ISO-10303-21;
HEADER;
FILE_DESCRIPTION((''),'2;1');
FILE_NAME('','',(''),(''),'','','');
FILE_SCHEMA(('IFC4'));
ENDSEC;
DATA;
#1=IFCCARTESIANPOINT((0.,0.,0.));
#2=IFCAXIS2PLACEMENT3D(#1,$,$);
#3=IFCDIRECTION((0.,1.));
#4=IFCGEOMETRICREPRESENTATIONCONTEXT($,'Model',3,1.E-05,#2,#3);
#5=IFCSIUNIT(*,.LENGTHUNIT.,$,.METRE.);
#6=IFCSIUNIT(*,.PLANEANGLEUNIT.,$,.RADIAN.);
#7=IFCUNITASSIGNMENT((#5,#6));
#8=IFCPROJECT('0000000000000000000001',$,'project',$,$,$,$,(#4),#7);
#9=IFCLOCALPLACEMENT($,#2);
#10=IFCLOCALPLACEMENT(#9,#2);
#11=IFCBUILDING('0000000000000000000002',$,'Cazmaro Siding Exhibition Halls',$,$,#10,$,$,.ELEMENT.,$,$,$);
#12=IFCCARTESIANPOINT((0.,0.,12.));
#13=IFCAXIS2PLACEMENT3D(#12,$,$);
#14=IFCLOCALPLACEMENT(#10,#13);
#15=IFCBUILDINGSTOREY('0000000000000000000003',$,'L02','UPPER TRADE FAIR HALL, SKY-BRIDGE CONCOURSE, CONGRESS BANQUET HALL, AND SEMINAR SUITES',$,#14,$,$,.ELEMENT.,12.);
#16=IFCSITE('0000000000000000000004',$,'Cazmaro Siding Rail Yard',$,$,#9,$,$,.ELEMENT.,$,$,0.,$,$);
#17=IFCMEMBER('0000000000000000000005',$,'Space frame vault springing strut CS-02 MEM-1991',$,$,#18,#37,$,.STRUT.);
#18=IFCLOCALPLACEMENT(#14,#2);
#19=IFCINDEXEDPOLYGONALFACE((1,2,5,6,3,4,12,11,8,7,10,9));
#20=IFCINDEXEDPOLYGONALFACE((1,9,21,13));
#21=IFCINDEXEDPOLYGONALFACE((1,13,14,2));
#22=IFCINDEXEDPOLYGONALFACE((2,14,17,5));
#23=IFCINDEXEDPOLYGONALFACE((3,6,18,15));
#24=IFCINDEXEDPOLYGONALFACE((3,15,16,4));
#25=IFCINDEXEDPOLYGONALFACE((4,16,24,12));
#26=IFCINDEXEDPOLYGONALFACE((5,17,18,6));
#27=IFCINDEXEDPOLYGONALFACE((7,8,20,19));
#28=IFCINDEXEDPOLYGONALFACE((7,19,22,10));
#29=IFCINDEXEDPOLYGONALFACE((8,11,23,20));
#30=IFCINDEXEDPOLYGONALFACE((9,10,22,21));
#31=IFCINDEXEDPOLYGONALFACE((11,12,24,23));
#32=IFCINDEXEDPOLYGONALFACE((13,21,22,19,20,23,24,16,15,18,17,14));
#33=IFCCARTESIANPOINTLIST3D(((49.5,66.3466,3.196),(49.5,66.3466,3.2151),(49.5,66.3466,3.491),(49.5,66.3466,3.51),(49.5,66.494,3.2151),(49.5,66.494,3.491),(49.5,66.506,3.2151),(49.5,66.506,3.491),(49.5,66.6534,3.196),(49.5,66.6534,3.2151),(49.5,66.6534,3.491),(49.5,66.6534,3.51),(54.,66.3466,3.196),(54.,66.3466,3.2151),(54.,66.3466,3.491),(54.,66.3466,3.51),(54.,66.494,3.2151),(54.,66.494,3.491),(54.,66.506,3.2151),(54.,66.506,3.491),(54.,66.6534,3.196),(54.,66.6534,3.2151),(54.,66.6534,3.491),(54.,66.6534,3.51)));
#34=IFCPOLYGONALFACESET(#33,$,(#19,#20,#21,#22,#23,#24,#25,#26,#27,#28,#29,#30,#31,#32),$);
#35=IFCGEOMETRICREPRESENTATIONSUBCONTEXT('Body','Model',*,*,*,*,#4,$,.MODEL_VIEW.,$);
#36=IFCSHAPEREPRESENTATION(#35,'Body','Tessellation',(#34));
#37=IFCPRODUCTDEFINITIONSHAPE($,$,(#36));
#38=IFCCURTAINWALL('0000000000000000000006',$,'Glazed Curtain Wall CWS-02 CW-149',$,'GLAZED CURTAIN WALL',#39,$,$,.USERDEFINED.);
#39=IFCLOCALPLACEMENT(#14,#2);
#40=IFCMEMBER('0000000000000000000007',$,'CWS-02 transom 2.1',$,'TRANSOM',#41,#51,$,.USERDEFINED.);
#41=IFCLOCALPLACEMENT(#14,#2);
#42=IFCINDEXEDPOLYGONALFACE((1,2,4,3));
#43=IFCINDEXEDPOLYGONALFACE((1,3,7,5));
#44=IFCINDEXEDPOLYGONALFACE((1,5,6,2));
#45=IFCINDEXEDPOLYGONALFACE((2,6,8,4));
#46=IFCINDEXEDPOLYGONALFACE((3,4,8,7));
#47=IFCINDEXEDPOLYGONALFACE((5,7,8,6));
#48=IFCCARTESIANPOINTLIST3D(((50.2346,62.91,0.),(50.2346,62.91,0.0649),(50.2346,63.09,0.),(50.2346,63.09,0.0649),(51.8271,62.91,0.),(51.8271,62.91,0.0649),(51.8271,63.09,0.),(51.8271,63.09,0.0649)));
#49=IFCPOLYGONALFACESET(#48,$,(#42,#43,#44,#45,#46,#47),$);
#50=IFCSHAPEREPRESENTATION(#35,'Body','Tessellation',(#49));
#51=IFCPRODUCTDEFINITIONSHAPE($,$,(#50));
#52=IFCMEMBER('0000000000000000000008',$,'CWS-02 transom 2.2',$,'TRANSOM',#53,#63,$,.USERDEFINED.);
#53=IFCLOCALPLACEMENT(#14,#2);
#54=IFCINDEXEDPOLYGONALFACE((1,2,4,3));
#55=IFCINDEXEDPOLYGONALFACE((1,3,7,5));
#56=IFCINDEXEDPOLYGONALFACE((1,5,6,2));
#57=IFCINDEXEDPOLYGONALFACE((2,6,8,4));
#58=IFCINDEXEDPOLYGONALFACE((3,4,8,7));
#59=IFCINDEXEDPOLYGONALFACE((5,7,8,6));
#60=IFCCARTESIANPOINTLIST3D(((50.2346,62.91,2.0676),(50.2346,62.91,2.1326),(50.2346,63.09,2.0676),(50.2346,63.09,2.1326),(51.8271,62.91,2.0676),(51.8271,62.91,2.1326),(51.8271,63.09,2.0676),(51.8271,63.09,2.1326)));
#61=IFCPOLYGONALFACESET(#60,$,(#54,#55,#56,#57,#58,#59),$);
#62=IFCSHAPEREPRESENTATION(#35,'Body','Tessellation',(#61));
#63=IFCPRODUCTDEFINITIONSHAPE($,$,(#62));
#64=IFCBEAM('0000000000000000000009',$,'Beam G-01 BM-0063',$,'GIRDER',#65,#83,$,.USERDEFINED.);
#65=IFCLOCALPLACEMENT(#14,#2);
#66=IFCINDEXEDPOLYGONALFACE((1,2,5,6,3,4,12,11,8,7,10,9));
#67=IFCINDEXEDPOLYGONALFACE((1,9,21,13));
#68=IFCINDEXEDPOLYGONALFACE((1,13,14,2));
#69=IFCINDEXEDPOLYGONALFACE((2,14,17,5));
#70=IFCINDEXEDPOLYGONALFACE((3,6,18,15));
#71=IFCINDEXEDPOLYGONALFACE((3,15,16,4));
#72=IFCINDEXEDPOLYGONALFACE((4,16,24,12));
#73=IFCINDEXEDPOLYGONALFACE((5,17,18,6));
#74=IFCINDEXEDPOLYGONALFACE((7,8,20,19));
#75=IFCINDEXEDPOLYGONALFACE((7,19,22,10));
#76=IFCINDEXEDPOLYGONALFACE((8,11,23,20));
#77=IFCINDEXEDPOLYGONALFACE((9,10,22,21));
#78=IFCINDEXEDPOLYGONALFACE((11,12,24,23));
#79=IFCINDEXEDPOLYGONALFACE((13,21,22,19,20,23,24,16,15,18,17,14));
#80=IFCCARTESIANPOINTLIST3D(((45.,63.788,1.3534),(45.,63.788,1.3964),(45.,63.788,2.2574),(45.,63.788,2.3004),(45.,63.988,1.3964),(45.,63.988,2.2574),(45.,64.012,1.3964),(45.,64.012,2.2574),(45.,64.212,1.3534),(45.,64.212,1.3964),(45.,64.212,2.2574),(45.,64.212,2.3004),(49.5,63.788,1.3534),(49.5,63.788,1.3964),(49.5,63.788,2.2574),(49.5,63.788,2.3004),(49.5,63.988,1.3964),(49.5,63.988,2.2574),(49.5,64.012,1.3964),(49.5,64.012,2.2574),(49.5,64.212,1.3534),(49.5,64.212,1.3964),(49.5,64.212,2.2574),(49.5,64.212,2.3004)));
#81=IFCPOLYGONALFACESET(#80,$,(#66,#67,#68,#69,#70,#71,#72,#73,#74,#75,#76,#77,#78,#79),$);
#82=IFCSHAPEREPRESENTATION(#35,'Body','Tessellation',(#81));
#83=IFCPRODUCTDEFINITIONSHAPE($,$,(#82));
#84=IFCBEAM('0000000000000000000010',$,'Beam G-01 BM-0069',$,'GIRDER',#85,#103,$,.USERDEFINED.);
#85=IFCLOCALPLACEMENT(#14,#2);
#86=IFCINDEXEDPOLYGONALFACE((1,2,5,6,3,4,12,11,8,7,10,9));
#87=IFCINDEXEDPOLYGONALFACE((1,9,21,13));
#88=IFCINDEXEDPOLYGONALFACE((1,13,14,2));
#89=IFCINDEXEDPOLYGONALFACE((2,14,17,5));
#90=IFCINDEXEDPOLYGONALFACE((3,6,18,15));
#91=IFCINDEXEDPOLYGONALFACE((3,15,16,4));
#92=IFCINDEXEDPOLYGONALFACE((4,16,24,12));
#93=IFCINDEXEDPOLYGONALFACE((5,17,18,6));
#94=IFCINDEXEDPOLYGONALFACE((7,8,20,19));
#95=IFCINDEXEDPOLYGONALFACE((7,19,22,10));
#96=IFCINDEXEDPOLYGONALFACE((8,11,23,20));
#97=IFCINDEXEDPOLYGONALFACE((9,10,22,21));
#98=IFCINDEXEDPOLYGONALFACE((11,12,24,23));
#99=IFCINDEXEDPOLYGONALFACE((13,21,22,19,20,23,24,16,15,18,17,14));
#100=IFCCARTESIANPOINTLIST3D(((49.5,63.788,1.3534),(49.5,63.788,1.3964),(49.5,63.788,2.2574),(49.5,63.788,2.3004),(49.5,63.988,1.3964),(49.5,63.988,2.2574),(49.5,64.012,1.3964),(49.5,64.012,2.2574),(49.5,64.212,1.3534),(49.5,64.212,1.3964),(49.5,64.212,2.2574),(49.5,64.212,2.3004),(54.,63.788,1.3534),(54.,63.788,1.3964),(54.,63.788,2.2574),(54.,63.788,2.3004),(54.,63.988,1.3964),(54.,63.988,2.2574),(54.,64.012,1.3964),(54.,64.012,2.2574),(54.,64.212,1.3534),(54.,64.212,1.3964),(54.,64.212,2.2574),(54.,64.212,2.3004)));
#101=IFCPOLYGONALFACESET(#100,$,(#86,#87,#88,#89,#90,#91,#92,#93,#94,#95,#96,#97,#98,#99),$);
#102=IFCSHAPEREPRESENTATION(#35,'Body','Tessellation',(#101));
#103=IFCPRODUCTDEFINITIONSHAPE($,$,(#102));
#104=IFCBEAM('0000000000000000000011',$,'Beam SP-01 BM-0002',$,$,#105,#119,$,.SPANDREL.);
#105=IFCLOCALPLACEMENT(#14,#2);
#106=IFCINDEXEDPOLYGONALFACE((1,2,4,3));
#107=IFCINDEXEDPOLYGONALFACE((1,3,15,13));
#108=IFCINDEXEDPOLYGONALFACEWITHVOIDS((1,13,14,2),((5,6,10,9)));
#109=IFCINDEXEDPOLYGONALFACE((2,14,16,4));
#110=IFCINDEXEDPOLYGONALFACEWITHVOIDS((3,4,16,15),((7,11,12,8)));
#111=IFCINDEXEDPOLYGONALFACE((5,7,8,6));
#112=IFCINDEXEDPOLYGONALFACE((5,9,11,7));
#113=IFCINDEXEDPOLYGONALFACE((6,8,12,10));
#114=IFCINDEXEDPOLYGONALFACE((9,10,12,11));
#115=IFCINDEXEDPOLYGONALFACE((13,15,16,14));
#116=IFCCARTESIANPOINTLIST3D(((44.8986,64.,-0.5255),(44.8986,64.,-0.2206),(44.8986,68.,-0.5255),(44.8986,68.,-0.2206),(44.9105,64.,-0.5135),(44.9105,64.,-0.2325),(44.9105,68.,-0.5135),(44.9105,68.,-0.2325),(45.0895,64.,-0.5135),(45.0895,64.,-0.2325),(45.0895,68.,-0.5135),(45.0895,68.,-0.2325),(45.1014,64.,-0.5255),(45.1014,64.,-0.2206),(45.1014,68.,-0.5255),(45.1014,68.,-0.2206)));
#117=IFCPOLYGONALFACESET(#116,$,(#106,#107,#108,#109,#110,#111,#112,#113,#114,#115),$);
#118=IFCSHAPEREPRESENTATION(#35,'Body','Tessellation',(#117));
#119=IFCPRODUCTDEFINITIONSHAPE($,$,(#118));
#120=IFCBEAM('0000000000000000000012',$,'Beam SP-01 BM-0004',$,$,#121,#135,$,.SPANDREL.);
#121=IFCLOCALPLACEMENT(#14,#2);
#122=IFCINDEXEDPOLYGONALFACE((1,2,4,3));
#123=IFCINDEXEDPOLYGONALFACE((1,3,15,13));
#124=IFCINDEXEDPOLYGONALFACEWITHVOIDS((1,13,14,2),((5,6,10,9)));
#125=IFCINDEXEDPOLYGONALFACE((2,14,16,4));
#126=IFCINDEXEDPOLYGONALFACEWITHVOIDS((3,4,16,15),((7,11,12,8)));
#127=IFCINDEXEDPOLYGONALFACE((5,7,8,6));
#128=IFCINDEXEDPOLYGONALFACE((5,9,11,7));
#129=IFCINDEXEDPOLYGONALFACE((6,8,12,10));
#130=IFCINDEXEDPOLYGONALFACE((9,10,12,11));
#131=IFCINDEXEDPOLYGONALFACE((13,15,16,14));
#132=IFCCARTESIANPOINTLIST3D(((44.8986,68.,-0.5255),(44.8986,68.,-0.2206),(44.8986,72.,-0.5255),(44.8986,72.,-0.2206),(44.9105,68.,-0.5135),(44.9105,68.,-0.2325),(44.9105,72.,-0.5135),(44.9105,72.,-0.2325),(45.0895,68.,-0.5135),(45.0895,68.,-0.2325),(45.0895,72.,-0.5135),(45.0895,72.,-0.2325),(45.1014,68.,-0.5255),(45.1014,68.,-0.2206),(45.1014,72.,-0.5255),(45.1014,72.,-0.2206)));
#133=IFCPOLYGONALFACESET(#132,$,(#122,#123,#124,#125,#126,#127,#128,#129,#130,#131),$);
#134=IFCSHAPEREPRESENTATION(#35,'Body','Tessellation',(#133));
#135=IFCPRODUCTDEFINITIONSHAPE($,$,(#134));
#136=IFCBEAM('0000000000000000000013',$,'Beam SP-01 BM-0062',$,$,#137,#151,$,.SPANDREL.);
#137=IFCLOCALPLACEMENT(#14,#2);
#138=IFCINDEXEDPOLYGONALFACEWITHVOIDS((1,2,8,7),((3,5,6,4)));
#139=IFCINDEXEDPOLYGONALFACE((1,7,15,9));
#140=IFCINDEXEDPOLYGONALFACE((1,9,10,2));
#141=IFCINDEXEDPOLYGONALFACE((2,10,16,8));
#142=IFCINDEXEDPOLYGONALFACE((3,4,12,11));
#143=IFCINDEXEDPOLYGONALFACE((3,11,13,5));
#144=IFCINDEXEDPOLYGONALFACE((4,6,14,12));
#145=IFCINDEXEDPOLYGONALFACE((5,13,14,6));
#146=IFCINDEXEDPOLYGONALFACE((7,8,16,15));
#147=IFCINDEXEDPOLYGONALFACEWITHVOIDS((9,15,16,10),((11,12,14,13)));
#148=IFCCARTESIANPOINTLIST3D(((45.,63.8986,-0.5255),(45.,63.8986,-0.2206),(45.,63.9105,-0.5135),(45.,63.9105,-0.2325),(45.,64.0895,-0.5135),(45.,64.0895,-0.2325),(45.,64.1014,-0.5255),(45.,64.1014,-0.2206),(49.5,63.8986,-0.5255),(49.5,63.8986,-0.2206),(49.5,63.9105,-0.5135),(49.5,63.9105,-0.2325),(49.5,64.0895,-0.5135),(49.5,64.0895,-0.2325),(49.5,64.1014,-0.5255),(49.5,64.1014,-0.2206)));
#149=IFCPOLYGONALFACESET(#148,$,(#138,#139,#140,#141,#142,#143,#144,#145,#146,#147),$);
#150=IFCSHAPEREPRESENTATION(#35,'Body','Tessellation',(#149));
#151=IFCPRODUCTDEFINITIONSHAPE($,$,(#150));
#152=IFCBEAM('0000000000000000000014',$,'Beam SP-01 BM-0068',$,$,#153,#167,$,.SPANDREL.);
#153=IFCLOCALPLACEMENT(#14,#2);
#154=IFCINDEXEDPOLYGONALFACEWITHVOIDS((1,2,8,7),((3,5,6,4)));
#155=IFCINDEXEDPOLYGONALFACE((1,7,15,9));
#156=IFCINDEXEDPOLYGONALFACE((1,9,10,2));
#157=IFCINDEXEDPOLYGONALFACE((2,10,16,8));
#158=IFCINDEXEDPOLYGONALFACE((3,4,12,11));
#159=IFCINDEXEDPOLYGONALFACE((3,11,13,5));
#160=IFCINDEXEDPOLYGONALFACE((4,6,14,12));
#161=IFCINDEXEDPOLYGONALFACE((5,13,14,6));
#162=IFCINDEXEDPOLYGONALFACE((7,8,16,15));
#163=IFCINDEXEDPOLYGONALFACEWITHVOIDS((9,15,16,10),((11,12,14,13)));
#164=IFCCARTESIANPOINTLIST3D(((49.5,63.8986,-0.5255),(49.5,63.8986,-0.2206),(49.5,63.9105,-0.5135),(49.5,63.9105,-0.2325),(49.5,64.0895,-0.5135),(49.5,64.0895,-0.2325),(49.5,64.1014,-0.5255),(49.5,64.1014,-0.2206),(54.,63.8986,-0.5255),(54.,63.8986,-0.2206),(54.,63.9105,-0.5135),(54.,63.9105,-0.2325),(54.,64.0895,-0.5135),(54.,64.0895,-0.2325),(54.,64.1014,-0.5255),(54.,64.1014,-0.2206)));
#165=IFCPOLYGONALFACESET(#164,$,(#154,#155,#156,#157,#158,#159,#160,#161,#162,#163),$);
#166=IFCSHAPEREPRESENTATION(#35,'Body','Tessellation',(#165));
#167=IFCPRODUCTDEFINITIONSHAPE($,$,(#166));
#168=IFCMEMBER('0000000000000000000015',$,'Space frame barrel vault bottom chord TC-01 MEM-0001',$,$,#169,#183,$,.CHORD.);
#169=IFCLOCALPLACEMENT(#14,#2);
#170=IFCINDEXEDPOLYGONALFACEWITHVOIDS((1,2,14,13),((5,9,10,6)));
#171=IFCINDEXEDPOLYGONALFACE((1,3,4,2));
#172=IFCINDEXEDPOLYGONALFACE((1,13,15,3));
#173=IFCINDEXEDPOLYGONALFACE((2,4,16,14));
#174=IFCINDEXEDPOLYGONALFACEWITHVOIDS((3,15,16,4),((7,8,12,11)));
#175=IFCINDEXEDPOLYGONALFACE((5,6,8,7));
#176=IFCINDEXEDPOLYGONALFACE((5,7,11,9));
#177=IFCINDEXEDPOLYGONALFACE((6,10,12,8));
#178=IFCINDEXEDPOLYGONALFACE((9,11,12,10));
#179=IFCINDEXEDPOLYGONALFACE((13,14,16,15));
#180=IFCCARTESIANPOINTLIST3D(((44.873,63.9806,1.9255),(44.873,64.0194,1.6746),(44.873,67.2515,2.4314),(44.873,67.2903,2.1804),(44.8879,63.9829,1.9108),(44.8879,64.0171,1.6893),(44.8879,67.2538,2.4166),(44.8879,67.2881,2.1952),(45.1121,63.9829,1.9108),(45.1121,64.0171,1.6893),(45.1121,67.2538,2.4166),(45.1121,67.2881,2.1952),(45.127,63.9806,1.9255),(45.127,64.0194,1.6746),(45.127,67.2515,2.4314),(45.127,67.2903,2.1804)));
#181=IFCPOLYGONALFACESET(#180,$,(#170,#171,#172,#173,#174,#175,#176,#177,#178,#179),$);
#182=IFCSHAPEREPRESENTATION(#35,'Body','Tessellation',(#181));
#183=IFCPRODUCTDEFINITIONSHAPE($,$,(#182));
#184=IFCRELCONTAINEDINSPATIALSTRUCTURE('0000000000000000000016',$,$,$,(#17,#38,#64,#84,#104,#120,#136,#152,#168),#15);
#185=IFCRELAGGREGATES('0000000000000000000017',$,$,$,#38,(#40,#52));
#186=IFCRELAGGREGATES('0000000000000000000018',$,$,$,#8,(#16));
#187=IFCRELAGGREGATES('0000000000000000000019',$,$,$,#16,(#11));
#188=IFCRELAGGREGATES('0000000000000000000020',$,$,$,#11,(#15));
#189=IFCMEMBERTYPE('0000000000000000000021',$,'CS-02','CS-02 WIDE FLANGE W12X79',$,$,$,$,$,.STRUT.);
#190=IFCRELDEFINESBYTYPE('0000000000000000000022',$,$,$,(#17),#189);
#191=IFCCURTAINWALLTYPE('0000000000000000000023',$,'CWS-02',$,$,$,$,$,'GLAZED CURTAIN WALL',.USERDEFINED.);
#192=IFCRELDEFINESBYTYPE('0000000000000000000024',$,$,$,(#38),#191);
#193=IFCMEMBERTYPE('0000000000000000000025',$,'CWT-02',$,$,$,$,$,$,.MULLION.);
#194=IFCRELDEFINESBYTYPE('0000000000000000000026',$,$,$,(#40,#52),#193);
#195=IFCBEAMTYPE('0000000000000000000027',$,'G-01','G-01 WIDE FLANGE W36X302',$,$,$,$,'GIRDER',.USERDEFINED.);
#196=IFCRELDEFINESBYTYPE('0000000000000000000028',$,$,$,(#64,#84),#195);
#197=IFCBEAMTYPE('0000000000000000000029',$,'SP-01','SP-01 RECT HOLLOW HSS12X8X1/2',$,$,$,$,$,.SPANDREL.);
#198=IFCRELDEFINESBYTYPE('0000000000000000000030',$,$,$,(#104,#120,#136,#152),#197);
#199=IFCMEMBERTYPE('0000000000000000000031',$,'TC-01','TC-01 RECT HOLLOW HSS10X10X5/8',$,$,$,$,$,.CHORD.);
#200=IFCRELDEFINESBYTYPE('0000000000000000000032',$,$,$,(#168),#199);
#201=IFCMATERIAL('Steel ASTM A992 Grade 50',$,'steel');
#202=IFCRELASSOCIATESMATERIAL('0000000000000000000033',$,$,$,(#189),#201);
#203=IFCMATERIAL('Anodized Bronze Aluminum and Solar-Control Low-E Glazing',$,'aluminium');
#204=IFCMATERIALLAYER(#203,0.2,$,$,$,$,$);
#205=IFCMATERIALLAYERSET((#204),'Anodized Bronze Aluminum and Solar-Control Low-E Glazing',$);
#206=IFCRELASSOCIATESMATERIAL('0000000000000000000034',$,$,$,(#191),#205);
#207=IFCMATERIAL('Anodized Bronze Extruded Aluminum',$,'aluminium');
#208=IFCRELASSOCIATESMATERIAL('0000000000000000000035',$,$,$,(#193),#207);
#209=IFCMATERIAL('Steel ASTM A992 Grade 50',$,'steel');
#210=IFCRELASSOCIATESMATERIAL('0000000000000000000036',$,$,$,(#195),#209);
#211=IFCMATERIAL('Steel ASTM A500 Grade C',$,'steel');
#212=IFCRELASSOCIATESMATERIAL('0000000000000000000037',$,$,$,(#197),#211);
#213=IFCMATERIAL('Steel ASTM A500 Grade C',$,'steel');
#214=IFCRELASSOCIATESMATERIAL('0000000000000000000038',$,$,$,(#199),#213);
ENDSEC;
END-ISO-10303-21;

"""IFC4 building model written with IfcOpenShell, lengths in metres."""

from ifc_helpers import new_model, si_unit, direction, frame, origin, origin_2d, place, context, subcontext, project, spatial, rectangle, hollow_rectangle, i_section, extrude, material, layer, layer_set, material_profile, profile_set, type_object, element, aggregate, save


model = new_model("IFC4")

# Units and contexts
model_context = context("Model", 3, precision=1e-05, world=origin(), true_north=direction((0.0, 1.0)))
body_context = subcontext(model_context, "Body", "Model", "MODEL_VIEW")
ifc_project = project(units=[si_unit("LENGTHUNIT", "METRE"), si_unit("PLANEANGLEUNIT", "RADIAN")], contexts=[model_context])

# Site, building, storey
site_placement = place(None, origin())
site = spatial("IfcSite", under=ifc_project, at=site_placement, Name="Cazmaro Siding Rail Yard", CompositionType="ELEMENT", RefElevation=0.0)
building_placement = place(site_placement, origin())
building = spatial("IfcBuilding", under=site, at=building_placement, Name="Cazmaro Siding Exhibition Halls", CompositionType="ELEMENT")
storey_placement = place(building_placement, frame((0.0, 0.0, 12.0)))
storey = spatial("IfcBuildingStorey", under=building, at=storey_placement, Name="L02", Description="UPPER TRADE FAIR HALL, SKY-BRIDGE CONCOURSE, CONGRESS BANQUET HALL, AND SEMINAR SUITES", CompositionType="ELEMENT", Elevation=12.0)

# Member
ifc_material_1 = material(Name="Steel ASTM A992 Grade 50", Category="steel")
ifc_material_profile_1 = material_profile(ifc_material_1, i_section(OverallWidth=0.3069, OverallDepth=0.314, WebThickness=0.012, FlangeThickness=0.019, at=origin_2d()), Name="W12X79")
ifc_profile_set_1 = profile_set([ifc_material_profile_1], Name="Steel ASTM A992 Grade 50")
member_type_1 = type_object("IfcMemberType", Name="CS-02", Description="CS-02 WIDE FLANGE W12X79", PredefinedType="STRUT", material=ifc_profile_set_1)
member_1_placement = place(storey_placement, frame((49.5, 66.5, 3.353), z_axis=(1.0, 0.0, 0.0), x_axis=(0.0, 1.0, 0.0)))
element("IfcMember", 1, at=member_1_placement, inside=storey, type_object=member_type_1, Name="Space frame vault springing strut CS-02 MEM-1991", PredefinedType="STRUT", context=body_context, shape_type="SweptSolid", body=[
    extrude(i_section(OverallWidth=0.3069, OverallDepth=0.314, WebThickness=0.012, FlangeThickness=0.019, at=origin_2d()), origin(), (0.0, 0.0, 1.0), 4.5),
])

# Curtain wall, members
ifc_material_2 = material(Name="Anodized Bronze Aluminum and Solar-Control Low-E Glazing", Category="aluminium")
ifc_layer_1 = layer(ifc_material_2, 0.2)
ifc_layer_set_1 = layer_set([ifc_layer_1], Name="Anodized Bronze Aluminum and Solar-Control Low-E Glazing")
curtain_wall_type = type_object("IfcCurtainWallType", Name="CWS-02", ElementType="GLAZED CURTAIN WALL", PredefinedType="USERDEFINED", material=ifc_layer_set_1)
curtain_wall_placement = place(storey_placement, origin())
curtain_wall = element("IfcCurtainWall", 2, at=curtain_wall_placement, inside=storey, type_object=curtain_wall_type, Name="Glazed Curtain Wall CWS-02 CW-149", ObjectType="GLAZED CURTAIN WALL", PredefinedType="USERDEFINED")
ifc_material_3 = material(Name="Anodized Bronze Extruded Aluminum", Category="aluminium")
ifc_material_profile_2 = material_profile(ifc_material_3, rectangle(XDim=0.1799, YDim=0.0649, at=origin_2d()), Name="CWT-02")
ifc_profile_set_2 = profile_set([ifc_material_profile_2], Name="Anodized Bronze Extruded Aluminum")
member_type_2 = type_object("IfcMemberType", Name="CWT-02", PredefinedType="MULLION", material=ifc_profile_set_2)
member_2_placement = place(storey_placement, frame((51.8271, 63.0, 0.0325), z_axis=(-1.0, 0.0, 0.0), x_axis=(0.0, -1.0, 0.0)))
member_2 = element("IfcMember", 3, at=member_2_placement, type_object=member_type_2, Name="CWS-02 transom 2.1", ObjectType="TRANSOM", PredefinedType="USERDEFINED", context=body_context, shape_type="SweptSolid", body=[
    extrude(rectangle(XDim=0.1799, YDim=0.0649, at=origin_2d()), origin(), (0.0, 0.0, 1.0), 1.5925),
])
member_3_placement = place(storey_placement, frame((51.8271, 63.0, 2.1001), z_axis=(-1.0, 0.0, 0.0), x_axis=(0.0, -1.0, 0.0)))
member_3 = element("IfcMember", 4, at=member_3_placement, type_object=member_type_2, Name="CWS-02 transom 2.2", ObjectType="TRANSOM", PredefinedType="USERDEFINED", context=body_context, shape_type="SweptSolid", body=[
    extrude(rectangle(XDim=0.1799, YDim=0.0649, at=origin_2d()), origin(), (0.0, 0.0, 1.0), 1.5925),
])

# Beams
ifc_material_4 = material(Name="Steel ASTM A992 Grade 50", Category="steel")
ifc_material_profile_3 = material_profile(ifc_material_4, i_section(OverallWidth=0.4241, OverallDepth=0.947, WebThickness=0.0239, FlangeThickness=0.043, at=origin_2d()), Name="W36X302")
ifc_profile_set_3 = profile_set([ifc_material_profile_3], Name="Steel ASTM A992 Grade 50")
beam_type_1 = type_object("IfcBeamType", Name="G-01", Description="G-01 WIDE FLANGE W36X302", ElementType="GIRDER", PredefinedType="USERDEFINED", material=ifc_profile_set_3)
for number, where, z_axis, x_axis, name in (
    (5, (45.0, 64.0, 1.8269), (1.0, 0.0, 0.0), (0.0, 1.0, 0.0), "Beam G-01 BM-0063"),
    (6, (49.5, 64.0, 1.8269), (1.0, 0.0, 0.0), (0.0, 1.0, 0.0), "Beam G-01 BM-0069"),
):
    element("IfcBeam", number, at=place(storey_placement, frame(where, z_axis=z_axis, x_axis=x_axis)), inside=storey, type_object=beam_type_1, Name=name, ObjectType="GIRDER", PredefinedType="USERDEFINED", context=body_context, shape_type="SweptSolid", body=[
        extrude(i_section(OverallWidth=0.4241, OverallDepth=0.947, WebThickness=0.0239, FlangeThickness=0.043, at=origin_2d()), origin(), (0.0, 0.0, 1.0), 4.5),
    ])
ifc_material_5 = material(Name="Steel ASTM A500 Grade C", Category="steel")
ifc_material_profile_4 = material_profile(ifc_material_5, hollow_rectangle(XDim=0.2029, YDim=0.3049, WallThickness=0.012, at=origin_2d()), Name="HSS12X8X1/2")
ifc_profile_set_4 = profile_set([ifc_material_profile_4], Name="Steel ASTM A500 Grade C")
beam_type_2 = type_object("IfcBeamType", Name="SP-01", Description="SP-01 RECT HOLLOW HSS12X8X1/2", PredefinedType="SPANDREL", material=ifc_profile_set_4)
for number, where, z_axis, x_axis, name in (
    (7, (45.0, 64.0, -0.373), (0.0, 1.0, 0.0), (-1.0, 0.0, 0.0), "Beam SP-01 BM-0002"),
    (8, (45.0, 68.0, -0.373), (0.0, 1.0, 0.0), (-1.0, 0.0, 0.0), "Beam SP-01 BM-0004"),
):
    element("IfcBeam", number, at=place(storey_placement, frame(where, z_axis=z_axis, x_axis=x_axis)), inside=storey, type_object=beam_type_2, Name=name, PredefinedType="SPANDREL", context=body_context, shape_type="SweptSolid", body=[
        extrude(hollow_rectangle(XDim=0.2029, YDim=0.3049, WallThickness=0.012, at=origin_2d()), origin(), (0.0, 0.0, 1.0), 4.0),
    ])
for number, where, z_axis, x_axis, name in (
    (9, (45.0, 64.0, -0.373), (1.0, 0.0, 0.0), (0.0, 1.0, 0.0), "Beam SP-01 BM-0062"),
    (10, (49.5, 64.0, -0.373), (1.0, 0.0, 0.0), (0.0, 1.0, 0.0), "Beam SP-01 BM-0068"),
):
    element("IfcBeam", number, at=place(storey_placement, frame(where, z_axis=z_axis, x_axis=x_axis)), inside=storey, type_object=beam_type_2, Name=name, PredefinedType="SPANDREL", context=body_context, shape_type="SweptSolid", body=[
        extrude(hollow_rectangle(XDim=0.2029, YDim=0.3049, WallThickness=0.012, at=origin_2d()), origin(), (0.0, 0.0, 1.0), 4.5),
    ])

# Member
ifc_material_6 = material(Name="Steel ASTM A500 Grade C", Category="steel")
ifc_material_profile_5 = material_profile(ifc_material_6, hollow_rectangle(XDim=0.2539, YDim=0.2539, WallThickness=0.0149, at=origin_2d()), Name="HSS10X10X5/8")
ifc_profile_set_5 = profile_set([ifc_material_profile_5], Name="Steel ASTM A500 Grade C")
member_type_3 = type_object("IfcMemberType", Name="TC-01", Description="TC-01 RECT HOLLOW HSS10X10X5/8", PredefinedType="CHORD", material=ifc_profile_set_5)
member_4_placement = place(storey_placement, frame((45.0, 64.0, 1.8), z_axis=(0.0, 0.988252, 0.152833), x_axis=(-1.0, 0.0, 0.0)))
element("IfcMember", 11, at=member_4_placement, inside=storey, type_object=member_type_3, Name="Space frame barrel vault bottom chord TC-01 MEM-0001", PredefinedType="CHORD", context=body_context, shape_type="SweptSolid", body=[
    extrude(hollow_rectangle(XDim=0.2539, YDim=0.2539, WallThickness=0.0149, at=origin_2d()), origin(), (0.0, 0.0, 1.0), 3.3098),
])

aggregate(curtain_wall, [member_2, member_3])

save(model, "model.ifc")
